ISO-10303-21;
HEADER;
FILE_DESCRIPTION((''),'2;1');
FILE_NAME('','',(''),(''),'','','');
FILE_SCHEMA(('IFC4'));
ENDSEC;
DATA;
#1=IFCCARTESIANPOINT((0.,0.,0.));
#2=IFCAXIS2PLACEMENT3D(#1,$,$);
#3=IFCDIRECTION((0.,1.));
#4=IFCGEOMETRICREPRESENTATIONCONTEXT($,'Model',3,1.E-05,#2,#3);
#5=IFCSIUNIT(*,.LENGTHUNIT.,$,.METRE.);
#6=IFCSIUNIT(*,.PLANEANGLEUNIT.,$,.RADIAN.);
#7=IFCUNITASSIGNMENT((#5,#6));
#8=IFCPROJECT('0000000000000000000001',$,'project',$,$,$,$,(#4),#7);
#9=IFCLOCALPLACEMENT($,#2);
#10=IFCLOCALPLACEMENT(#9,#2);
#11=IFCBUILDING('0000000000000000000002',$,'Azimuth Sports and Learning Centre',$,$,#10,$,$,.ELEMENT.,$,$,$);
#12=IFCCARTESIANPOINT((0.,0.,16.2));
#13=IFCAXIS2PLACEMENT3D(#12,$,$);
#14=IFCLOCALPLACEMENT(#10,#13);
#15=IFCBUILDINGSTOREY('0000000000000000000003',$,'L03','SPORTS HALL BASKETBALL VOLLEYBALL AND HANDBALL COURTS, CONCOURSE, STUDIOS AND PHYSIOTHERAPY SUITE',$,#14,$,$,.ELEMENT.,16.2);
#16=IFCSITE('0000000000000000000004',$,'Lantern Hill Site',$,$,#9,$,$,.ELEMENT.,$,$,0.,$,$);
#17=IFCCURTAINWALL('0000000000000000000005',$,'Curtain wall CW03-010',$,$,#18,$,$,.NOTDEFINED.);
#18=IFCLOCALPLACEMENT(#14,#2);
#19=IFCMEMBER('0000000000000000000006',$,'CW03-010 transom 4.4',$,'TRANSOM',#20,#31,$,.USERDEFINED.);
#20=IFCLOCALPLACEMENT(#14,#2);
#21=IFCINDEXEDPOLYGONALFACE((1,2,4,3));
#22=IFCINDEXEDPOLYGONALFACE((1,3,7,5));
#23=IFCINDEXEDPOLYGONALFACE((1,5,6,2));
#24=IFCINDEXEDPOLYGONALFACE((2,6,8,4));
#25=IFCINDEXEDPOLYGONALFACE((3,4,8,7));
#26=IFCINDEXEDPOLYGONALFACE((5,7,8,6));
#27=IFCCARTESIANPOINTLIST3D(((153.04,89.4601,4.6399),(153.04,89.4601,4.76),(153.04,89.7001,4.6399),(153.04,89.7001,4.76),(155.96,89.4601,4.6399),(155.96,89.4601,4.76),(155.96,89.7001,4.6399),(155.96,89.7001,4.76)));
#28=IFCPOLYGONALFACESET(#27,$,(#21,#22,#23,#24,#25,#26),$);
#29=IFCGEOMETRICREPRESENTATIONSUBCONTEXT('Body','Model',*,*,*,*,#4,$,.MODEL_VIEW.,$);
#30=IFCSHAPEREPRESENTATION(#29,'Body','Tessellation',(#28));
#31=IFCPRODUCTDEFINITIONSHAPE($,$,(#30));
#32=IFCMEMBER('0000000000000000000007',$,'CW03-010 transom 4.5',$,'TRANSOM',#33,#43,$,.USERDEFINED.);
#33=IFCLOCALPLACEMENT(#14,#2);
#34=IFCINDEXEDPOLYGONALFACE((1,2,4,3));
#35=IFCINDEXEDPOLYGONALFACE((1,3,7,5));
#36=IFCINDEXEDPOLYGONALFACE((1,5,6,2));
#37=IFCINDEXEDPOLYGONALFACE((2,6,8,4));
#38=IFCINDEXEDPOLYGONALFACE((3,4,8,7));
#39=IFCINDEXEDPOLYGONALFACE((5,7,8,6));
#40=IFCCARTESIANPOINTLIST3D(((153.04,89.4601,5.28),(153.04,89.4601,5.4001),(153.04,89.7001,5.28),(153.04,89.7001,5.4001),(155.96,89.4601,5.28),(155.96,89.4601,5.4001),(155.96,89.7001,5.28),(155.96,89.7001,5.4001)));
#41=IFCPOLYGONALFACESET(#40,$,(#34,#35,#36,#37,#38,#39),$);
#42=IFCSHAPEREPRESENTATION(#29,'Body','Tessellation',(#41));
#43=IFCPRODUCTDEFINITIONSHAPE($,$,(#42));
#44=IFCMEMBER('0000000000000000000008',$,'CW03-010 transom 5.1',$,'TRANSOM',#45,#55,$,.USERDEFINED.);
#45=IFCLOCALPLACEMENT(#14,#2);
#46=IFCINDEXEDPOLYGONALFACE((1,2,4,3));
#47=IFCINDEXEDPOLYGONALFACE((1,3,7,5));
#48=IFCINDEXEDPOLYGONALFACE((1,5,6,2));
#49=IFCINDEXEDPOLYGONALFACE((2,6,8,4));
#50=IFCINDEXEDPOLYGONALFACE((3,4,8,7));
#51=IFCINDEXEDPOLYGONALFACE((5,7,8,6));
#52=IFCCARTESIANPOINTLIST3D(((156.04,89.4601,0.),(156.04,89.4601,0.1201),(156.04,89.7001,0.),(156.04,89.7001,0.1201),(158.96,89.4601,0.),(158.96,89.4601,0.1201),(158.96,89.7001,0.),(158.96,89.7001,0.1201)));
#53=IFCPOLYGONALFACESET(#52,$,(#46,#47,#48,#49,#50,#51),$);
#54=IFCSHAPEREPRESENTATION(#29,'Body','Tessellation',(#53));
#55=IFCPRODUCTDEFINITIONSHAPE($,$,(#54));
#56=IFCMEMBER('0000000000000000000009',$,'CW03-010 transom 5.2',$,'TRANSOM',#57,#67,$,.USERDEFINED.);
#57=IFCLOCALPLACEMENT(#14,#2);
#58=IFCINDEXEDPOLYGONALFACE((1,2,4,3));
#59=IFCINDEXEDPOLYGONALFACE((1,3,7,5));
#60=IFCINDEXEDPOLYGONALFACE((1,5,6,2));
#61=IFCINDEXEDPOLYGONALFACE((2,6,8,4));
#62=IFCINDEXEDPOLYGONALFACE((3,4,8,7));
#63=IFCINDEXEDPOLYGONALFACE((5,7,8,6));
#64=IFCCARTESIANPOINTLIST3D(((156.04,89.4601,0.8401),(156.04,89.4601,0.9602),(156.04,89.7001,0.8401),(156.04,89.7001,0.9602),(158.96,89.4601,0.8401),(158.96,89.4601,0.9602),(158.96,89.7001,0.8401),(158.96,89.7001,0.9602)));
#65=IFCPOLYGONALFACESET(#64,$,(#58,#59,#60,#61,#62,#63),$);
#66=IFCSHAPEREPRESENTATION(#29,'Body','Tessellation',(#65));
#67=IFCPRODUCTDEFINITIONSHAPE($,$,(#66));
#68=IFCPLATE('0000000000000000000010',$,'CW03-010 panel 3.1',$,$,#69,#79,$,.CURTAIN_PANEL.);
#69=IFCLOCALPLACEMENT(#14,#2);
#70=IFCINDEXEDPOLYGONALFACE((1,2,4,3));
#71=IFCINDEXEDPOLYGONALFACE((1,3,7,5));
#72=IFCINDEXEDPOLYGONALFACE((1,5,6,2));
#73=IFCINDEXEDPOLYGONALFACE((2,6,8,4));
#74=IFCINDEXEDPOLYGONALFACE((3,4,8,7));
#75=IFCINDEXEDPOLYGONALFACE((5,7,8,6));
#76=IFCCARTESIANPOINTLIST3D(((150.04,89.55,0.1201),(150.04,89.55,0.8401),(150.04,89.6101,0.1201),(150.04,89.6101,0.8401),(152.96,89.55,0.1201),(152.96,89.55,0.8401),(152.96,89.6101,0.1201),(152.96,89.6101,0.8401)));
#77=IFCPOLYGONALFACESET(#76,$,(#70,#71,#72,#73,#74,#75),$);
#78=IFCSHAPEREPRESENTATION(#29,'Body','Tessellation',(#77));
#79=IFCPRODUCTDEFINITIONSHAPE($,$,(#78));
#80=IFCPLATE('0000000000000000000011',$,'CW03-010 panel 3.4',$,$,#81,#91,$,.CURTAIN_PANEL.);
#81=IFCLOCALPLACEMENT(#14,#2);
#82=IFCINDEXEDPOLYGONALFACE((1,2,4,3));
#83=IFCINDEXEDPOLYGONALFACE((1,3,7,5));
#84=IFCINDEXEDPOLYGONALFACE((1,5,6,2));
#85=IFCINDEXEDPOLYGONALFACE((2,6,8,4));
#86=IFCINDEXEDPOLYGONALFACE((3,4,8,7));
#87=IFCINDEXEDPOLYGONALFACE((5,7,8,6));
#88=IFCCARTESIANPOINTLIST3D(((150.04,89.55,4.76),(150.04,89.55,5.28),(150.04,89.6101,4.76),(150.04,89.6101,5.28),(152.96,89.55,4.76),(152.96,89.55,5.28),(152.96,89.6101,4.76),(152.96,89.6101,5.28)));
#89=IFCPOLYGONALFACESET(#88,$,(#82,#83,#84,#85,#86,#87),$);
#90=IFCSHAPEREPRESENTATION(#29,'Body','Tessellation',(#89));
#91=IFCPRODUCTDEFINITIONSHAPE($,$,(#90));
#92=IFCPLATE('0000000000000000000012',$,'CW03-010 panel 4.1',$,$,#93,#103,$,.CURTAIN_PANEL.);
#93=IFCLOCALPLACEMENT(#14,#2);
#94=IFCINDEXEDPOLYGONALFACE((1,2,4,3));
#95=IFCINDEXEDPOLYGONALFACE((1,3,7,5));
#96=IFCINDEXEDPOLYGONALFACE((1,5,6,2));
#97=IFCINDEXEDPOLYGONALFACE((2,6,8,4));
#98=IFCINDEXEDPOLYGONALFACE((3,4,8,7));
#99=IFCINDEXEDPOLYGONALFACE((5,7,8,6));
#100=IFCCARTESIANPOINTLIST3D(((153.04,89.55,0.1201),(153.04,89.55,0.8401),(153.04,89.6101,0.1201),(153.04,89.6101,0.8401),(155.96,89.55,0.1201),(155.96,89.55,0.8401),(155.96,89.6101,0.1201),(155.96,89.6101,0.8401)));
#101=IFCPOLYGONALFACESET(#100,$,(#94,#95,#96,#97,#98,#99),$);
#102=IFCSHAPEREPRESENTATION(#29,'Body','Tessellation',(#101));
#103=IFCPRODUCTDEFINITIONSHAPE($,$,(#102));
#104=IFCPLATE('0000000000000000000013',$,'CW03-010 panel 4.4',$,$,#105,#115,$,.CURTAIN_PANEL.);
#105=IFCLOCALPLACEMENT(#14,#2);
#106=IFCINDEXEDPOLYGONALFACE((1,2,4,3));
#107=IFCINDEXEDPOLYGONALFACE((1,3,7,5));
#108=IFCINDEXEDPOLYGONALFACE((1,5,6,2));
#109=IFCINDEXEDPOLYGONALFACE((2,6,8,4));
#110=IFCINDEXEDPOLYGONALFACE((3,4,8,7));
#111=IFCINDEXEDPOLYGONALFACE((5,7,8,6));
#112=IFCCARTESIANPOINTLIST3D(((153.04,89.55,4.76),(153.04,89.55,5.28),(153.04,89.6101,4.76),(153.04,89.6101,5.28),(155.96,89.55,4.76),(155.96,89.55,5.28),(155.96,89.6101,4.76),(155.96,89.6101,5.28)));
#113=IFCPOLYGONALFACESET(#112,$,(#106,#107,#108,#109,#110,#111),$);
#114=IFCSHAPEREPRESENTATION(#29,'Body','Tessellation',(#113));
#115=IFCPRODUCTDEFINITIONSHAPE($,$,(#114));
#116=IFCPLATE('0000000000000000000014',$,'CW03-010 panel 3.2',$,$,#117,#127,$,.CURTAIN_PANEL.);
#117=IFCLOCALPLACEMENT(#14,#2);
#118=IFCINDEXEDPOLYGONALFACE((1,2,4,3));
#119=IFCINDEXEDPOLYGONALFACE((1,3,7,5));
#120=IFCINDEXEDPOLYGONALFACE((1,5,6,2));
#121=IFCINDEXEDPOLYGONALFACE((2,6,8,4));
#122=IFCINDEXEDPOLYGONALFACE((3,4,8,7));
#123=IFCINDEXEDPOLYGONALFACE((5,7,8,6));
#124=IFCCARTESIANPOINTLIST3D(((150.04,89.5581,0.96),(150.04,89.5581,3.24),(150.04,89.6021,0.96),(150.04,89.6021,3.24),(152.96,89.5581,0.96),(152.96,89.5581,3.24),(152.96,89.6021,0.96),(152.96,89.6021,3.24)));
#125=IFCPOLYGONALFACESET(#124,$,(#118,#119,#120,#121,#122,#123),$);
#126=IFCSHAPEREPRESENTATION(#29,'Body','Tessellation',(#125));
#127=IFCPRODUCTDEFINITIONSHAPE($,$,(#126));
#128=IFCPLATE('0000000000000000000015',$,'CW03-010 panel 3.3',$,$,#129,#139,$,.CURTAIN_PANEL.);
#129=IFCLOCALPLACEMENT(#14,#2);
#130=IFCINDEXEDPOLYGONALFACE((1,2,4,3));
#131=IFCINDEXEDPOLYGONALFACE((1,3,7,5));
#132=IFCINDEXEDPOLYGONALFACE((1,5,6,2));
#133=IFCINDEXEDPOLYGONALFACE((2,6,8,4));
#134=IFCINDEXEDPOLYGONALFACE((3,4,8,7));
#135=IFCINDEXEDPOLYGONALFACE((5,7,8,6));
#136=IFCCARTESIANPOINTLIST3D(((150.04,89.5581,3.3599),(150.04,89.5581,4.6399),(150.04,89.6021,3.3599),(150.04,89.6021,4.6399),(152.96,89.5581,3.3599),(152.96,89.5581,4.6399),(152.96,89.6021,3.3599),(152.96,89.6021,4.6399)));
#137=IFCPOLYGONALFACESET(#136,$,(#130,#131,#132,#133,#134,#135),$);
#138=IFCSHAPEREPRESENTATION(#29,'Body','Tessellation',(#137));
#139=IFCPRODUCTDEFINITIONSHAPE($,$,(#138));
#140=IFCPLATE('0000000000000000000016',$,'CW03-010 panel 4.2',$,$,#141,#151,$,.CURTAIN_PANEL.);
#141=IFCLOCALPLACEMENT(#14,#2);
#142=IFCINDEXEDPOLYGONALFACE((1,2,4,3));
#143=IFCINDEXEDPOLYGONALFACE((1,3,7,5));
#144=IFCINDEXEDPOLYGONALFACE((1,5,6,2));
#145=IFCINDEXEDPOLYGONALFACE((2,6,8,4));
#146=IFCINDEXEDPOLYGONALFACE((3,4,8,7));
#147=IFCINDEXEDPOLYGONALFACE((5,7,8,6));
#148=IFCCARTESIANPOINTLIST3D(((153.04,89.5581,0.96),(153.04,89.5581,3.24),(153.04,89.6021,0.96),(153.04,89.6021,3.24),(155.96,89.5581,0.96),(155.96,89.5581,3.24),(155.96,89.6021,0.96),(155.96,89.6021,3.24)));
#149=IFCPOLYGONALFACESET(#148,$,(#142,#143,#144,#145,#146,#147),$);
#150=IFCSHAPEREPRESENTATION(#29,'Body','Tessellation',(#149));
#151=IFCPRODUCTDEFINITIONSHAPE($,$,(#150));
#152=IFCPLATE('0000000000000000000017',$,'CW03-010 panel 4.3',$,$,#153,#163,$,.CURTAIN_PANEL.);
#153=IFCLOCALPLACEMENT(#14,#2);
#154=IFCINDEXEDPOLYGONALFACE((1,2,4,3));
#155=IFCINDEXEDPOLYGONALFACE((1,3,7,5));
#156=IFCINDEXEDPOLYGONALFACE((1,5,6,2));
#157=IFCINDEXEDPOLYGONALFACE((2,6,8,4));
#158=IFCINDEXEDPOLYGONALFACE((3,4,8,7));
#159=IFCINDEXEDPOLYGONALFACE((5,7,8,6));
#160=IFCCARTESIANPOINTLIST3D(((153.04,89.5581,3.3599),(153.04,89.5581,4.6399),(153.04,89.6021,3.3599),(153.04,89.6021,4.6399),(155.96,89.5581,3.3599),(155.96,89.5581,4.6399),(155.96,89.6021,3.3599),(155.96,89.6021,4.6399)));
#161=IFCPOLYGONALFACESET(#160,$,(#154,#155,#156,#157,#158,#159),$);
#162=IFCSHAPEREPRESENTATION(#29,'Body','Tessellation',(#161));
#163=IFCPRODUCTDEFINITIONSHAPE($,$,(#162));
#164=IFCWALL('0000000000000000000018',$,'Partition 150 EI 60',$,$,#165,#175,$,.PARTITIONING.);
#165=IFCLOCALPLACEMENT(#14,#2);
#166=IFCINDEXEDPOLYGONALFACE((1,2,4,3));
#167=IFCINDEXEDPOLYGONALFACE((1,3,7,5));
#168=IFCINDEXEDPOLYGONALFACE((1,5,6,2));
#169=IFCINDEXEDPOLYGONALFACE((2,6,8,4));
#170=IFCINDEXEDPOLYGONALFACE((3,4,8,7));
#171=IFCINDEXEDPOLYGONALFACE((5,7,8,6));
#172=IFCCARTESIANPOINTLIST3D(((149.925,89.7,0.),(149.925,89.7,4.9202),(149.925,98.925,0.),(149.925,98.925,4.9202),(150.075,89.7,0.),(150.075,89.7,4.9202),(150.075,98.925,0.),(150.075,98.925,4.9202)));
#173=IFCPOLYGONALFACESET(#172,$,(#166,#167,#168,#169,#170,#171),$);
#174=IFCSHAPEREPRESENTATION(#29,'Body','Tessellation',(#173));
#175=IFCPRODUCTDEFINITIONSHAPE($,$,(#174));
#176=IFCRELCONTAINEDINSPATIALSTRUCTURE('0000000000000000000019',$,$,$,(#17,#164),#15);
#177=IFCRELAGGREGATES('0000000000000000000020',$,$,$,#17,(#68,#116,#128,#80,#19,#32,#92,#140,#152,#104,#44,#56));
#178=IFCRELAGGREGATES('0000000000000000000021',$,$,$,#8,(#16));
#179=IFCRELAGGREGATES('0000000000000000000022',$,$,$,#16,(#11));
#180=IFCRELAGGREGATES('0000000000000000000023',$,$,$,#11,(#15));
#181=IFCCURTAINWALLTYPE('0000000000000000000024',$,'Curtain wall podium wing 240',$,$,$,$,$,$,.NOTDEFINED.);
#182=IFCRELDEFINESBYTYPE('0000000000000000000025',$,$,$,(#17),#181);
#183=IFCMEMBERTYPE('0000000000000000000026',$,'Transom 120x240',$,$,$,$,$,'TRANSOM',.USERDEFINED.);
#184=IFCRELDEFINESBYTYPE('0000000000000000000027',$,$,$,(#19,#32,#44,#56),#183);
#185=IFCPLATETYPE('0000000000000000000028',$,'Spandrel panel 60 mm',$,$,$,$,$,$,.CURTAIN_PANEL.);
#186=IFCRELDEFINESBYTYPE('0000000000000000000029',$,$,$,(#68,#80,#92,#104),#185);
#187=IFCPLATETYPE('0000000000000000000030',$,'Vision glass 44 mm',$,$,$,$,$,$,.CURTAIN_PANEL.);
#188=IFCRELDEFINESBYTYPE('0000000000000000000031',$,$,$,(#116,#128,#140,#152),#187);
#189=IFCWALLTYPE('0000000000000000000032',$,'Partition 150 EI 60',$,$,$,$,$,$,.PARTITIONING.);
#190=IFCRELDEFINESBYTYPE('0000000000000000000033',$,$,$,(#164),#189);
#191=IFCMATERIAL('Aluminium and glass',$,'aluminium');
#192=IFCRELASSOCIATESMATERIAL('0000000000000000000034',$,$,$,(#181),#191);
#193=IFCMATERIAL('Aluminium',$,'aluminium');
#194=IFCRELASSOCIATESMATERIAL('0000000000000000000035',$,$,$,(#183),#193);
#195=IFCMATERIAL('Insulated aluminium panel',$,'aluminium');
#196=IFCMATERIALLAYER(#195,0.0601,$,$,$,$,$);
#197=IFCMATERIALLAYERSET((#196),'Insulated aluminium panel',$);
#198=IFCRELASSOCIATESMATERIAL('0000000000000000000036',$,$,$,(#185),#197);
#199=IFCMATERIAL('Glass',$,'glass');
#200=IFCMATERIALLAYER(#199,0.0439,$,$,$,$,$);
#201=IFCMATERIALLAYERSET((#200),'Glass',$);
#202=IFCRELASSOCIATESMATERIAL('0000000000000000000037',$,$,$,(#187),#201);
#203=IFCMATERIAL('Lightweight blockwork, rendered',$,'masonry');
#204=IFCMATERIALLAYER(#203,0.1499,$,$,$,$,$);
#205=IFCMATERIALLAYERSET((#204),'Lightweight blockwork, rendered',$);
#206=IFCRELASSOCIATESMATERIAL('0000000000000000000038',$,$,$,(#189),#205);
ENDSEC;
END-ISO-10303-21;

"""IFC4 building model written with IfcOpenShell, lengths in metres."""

from ifc_helpers import new_model, si_unit, direction, frame, frame_2d, origin, origin_2d, place, context, subcontext, project, spatial, rectangle, extrude, material, layer, layer_set, material_profile, profile_set, type_object, element, aggregate, save


model = new_model("IFC4")

# Units and contexts
model_context = context("Model", 3, precision=1e-05, world=origin(), true_north=direction((0.0, 1.0)))
body_context = subcontext(model_context, "Body", "Model", "MODEL_VIEW")
ifc_project = project(units=[si_unit("LENGTHUNIT", "METRE"), si_unit("PLANEANGLEUNIT", "RADIAN")], contexts=[model_context])

# Site, building, storey
site_placement = place(None, origin())
site = spatial("IfcSite", under=ifc_project, at=site_placement, Name="Lantern Hill Site", CompositionType="ELEMENT", RefElevation=0.0)
building_placement = place(site_placement, origin())
building = spatial("IfcBuilding", under=site, at=building_placement, Name="Azimuth Sports and Learning Centre", CompositionType="ELEMENT")
storey_placement = place(building_placement, frame((0.0, 0.0, 16.2)))
storey = spatial("IfcBuildingStorey", under=building, at=storey_placement, Name="L03", Description="SPORTS HALL BASKETBALL VOLLEYBALL AND HANDBALL COURTS, CONCOURSE, STUDIOS AND PHYSIOTHERAPY SUITE", CompositionType="ELEMENT", Elevation=16.2)

# Curtain wall, members, plates
ifc_material_1 = material(Name="Aluminium and glass", Category="aluminium")
curtain_wall_type = type_object("IfcCurtainWallType", Name="Curtain wall podium wing 240", PredefinedType="NOTDEFINED", material=ifc_material_1)
curtain_wall_placement = place(storey_placement, origin())
curtain_wall = element("IfcCurtainWall", 1, at=curtain_wall_placement, inside=storey, type_object=curtain_wall_type, Name="Curtain wall CW03-010", PredefinedType="NOTDEFINED")
ifc_material_2 = material(Name="Aluminium", Category="aluminium")
ifc_material_profile_1 = material_profile(ifc_material_2, rectangle(XDim=0.24, YDim=0.1201, at=origin_2d()), Name="Transom 120x240")
ifc_profile_set_1 = profile_set([ifc_material_profile_1], Name="Aluminium")
member_type_1 = type_object("IfcMemberType", Name="Transom 120x240", ElementType="TRANSOM", PredefinedType="USERDEFINED", material=ifc_profile_set_1)
member_1_placement = place(storey_placement, frame((153.04, 89.5801, 4.7), z_axis=(1.0, 0.0, 0.0), x_axis=(0.0, 1.0, 0.0)))
member_1 = element("IfcMember", 2, at=member_1_placement, type_object=member_type_1, Name="CW03-010 transom 4.4", ObjectType="TRANSOM", PredefinedType="USERDEFINED", context=body_context, shape_type="SweptSolid", body=[
    extrude(rectangle(XDim=0.24, YDim=0.1201, at=origin_2d()), origin(), (0.0, 0.0, 1.0), 2.9199),
])
member_2_placement = place(storey_placement, frame((153.04, 89.5801, 5.3401), z_axis=(1.0, 0.0, 0.0), x_axis=(0.0, 1.0, 0.0)))
member_2 = element("IfcMember", 3, at=member_2_placement, type_object=member_type_1, Name="CW03-010 transom 4.5", ObjectType="TRANSOM", PredefinedType="USERDEFINED", context=body_context, shape_type="SweptSolid", body=[
    extrude(rectangle(XDim=0.24, YDim=0.1201, at=origin_2d()), origin(), (0.0, 0.0, 1.0), 2.9199),
])
member_3_placement = place(storey_placement, frame((156.04, 89.5801, 0.0601), z_axis=(1.0, 0.0, 0.0), x_axis=(0.0, 1.0, 0.0)))
member_3 = element("IfcMember", 4, at=member_3_placement, type_object=member_type_1, Name="CW03-010 transom 5.1", ObjectType="TRANSOM", PredefinedType="USERDEFINED", context=body_context, shape_type="SweptSolid", body=[
    extrude(rectangle(XDim=0.24, YDim=0.1201, at=origin_2d()), origin(), (0.0, 0.0, 1.0), 2.9199),
])
member_4_placement = place(storey_placement, frame((156.04, 89.5801, 0.9001), z_axis=(1.0, 0.0, 0.0), x_axis=(0.0, 1.0, 0.0)))
member_4 = element("IfcMember", 5, at=member_4_placement, type_object=member_type_1, Name="CW03-010 transom 5.2", ObjectType="TRANSOM", PredefinedType="USERDEFINED", context=body_context, shape_type="SweptSolid", body=[
    extrude(rectangle(XDim=0.24, YDim=0.1201, at=origin_2d()), origin(), (0.0, 0.0, 1.0), 2.9199),
])
ifc_material_3 = material(Name="Insulated aluminium panel", Category="aluminium")
ifc_layer_1 = layer(ifc_material_3, 0.0601)
ifc_layer_set_1 = layer_set([ifc_layer_1], Name="Insulated aluminium panel")
plate_type_1 = type_object("IfcPlateType", Name="Spandrel panel 60 mm", PredefinedType="CURTAIN_PANEL", material=ifc_layer_set_1)
plate_1_placement = place(storey_placement, frame((151.5, 89.5801, 0.1201), z_axis=(0.0, 0.0, 1.0), x_axis=(1.0, 0.0, 0.0)))
plate_1 = element("IfcPlate", 6, at=plate_1_placement, type_object=plate_type_1, Name="CW03-010 panel 3.1", PredefinedType="CURTAIN_PANEL", context=body_context, shape_type="SweptSolid", body=[
    extrude(rectangle(XDim=2.9199, YDim=0.0601, at=origin_2d()), origin(), (0.0, 0.0, 1.0), 0.72),
])
plate_2_placement = place(storey_placement, frame((151.5, 89.5801, 4.76), z_axis=(0.0, 0.0, 1.0), x_axis=(1.0, 0.0, 0.0)))
plate_2 = element("IfcPlate", 7, at=plate_2_placement, type_object=plate_type_1, Name="CW03-010 panel 3.4", PredefinedType="CURTAIN_PANEL", context=body_context, shape_type="SweptSolid", body=[
    extrude(rectangle(XDim=2.9199, YDim=0.0601, at=origin_2d()), origin(), (0.0, 0.0, 1.0), 0.52),
])
plate_3_placement = place(storey_placement, frame((154.5, 89.5801, 0.1201), z_axis=(0.0, 0.0, 1.0), x_axis=(1.0, 0.0, 0.0)))
plate_3 = element("IfcPlate", 8, at=plate_3_placement, type_object=plate_type_1, Name="CW03-010 panel 4.1", PredefinedType="CURTAIN_PANEL", context=body_context, shape_type="SweptSolid", body=[
    extrude(rectangle(XDim=2.9199, YDim=0.0601, at=origin_2d()), origin(), (0.0, 0.0, 1.0), 0.72),
])
plate_4_placement = place(storey_placement, frame((154.5, 89.5801, 4.76), z_axis=(0.0, 0.0, 1.0), x_axis=(1.0, 0.0, 0.0)))
plate_4 = element("IfcPlate", 9, at=plate_4_placement, type_object=plate_type_1, Name="CW03-010 panel 4.4", PredefinedType="CURTAIN_PANEL", context=body_context, shape_type="SweptSolid", body=[
    extrude(rectangle(XDim=2.9199, YDim=0.0601, at=origin_2d()), origin(), (0.0, 0.0, 1.0), 0.52),
])
ifc_material_4 = material(Name="Glass", Category="glass")
ifc_layer_2 = layer(ifc_material_4, 0.0439)
ifc_layer_set_2 = layer_set([ifc_layer_2], Name="Glass")
plate_type_2 = type_object("IfcPlateType", Name="Vision glass 44 mm", PredefinedType="CURTAIN_PANEL", material=ifc_layer_set_2)
plate_5_placement = place(storey_placement, frame((151.5, 89.5801, 0.96), z_axis=(0.0, 0.0, 1.0), x_axis=(1.0, 0.0, 0.0)))
plate_5 = element("IfcPlate", 10, at=plate_5_placement, type_object=plate_type_2, Name="CW03-010 panel 3.2", PredefinedType="CURTAIN_PANEL", context=body_context, shape_type="SweptSolid", body=[
    extrude(rectangle(XDim=2.9199, YDim=0.0439, at=origin_2d()), origin(), (0.0, 0.0, 1.0), 2.28),
])
plate_6_placement = place(storey_placement, frame((151.5, 89.5801, 3.3599), z_axis=(0.0, 0.0, 1.0), x_axis=(1.0, 0.0, 0.0)))
plate_6 = element("IfcPlate", 11, at=plate_6_placement, type_object=plate_type_2, Name="CW03-010 panel 3.3", PredefinedType="CURTAIN_PANEL", context=body_context, shape_type="SweptSolid", body=[
    extrude(rectangle(XDim=2.9199, YDim=0.0439, at=origin_2d()), origin(), (0.0, 0.0, 1.0), 1.28),
])
plate_7_placement = place(storey_placement, frame((154.5, 89.5801, 0.96), z_axis=(0.0, 0.0, 1.0), x_axis=(1.0, 0.0, 0.0)))
plate_7 = element("IfcPlate", 12, at=plate_7_placement, type_object=plate_type_2, Name="CW03-010 panel 4.2", PredefinedType="CURTAIN_PANEL", context=body_context, shape_type="SweptSolid", body=[
    extrude(rectangle(XDim=2.9199, YDim=0.0439, at=origin_2d()), origin(), (0.0, 0.0, 1.0), 2.28),
])
plate_8_placement = place(storey_placement, frame((154.5, 89.5801, 3.3599), z_axis=(0.0, 0.0, 1.0), x_axis=(1.0, 0.0, 0.0)))
plate_8 = element("IfcPlate", 13, at=plate_8_placement, type_object=plate_type_2, Name="CW03-010 panel 4.3", PredefinedType="CURTAIN_PANEL", context=body_context, shape_type="SweptSolid", body=[
    extrude(rectangle(XDim=2.9199, YDim=0.0439, at=origin_2d()), origin(), (0.0, 0.0, 1.0), 1.28),
])
aggregate(curtain_wall, [plate_1, plate_5, plate_6, plate_2, member_1, member_2, plate_3, plate_7, plate_8, plate_4, member_3, member_4])

# Wall
ifc_material_5 = material(Name="Lightweight blockwork, rendered", Category="masonry")
ifc_layer_3 = layer(ifc_material_5, 0.1499)
ifc_layer_set_3 = layer_set([ifc_layer_3], Name="Lightweight blockwork, rendered")
wall_type = type_object("IfcWallType", Name="Partition 150 EI 60", PredefinedType="PARTITIONING", material=ifc_layer_set_3)
wall_placement = place(storey_placement, frame((150.0, 89.7, 0.0), z_axis=(0.0, 0.0, 1.0), x_axis=(0.0, 1.0, 0.0)))
element("IfcWall", 14, at=wall_placement, inside=storey, type_object=wall_type, Name="Partition 150 EI 60", PredefinedType="PARTITIONING", context=body_context, shape_type="SweptSolid", body=[
    extrude(rectangle(XDim=9.2251, YDim=0.1499, at=frame_2d((4.6125, 0.0))), origin(), (0.0, 0.0, 1.0), 4.9202),
])

save(model, "model.ifc")
